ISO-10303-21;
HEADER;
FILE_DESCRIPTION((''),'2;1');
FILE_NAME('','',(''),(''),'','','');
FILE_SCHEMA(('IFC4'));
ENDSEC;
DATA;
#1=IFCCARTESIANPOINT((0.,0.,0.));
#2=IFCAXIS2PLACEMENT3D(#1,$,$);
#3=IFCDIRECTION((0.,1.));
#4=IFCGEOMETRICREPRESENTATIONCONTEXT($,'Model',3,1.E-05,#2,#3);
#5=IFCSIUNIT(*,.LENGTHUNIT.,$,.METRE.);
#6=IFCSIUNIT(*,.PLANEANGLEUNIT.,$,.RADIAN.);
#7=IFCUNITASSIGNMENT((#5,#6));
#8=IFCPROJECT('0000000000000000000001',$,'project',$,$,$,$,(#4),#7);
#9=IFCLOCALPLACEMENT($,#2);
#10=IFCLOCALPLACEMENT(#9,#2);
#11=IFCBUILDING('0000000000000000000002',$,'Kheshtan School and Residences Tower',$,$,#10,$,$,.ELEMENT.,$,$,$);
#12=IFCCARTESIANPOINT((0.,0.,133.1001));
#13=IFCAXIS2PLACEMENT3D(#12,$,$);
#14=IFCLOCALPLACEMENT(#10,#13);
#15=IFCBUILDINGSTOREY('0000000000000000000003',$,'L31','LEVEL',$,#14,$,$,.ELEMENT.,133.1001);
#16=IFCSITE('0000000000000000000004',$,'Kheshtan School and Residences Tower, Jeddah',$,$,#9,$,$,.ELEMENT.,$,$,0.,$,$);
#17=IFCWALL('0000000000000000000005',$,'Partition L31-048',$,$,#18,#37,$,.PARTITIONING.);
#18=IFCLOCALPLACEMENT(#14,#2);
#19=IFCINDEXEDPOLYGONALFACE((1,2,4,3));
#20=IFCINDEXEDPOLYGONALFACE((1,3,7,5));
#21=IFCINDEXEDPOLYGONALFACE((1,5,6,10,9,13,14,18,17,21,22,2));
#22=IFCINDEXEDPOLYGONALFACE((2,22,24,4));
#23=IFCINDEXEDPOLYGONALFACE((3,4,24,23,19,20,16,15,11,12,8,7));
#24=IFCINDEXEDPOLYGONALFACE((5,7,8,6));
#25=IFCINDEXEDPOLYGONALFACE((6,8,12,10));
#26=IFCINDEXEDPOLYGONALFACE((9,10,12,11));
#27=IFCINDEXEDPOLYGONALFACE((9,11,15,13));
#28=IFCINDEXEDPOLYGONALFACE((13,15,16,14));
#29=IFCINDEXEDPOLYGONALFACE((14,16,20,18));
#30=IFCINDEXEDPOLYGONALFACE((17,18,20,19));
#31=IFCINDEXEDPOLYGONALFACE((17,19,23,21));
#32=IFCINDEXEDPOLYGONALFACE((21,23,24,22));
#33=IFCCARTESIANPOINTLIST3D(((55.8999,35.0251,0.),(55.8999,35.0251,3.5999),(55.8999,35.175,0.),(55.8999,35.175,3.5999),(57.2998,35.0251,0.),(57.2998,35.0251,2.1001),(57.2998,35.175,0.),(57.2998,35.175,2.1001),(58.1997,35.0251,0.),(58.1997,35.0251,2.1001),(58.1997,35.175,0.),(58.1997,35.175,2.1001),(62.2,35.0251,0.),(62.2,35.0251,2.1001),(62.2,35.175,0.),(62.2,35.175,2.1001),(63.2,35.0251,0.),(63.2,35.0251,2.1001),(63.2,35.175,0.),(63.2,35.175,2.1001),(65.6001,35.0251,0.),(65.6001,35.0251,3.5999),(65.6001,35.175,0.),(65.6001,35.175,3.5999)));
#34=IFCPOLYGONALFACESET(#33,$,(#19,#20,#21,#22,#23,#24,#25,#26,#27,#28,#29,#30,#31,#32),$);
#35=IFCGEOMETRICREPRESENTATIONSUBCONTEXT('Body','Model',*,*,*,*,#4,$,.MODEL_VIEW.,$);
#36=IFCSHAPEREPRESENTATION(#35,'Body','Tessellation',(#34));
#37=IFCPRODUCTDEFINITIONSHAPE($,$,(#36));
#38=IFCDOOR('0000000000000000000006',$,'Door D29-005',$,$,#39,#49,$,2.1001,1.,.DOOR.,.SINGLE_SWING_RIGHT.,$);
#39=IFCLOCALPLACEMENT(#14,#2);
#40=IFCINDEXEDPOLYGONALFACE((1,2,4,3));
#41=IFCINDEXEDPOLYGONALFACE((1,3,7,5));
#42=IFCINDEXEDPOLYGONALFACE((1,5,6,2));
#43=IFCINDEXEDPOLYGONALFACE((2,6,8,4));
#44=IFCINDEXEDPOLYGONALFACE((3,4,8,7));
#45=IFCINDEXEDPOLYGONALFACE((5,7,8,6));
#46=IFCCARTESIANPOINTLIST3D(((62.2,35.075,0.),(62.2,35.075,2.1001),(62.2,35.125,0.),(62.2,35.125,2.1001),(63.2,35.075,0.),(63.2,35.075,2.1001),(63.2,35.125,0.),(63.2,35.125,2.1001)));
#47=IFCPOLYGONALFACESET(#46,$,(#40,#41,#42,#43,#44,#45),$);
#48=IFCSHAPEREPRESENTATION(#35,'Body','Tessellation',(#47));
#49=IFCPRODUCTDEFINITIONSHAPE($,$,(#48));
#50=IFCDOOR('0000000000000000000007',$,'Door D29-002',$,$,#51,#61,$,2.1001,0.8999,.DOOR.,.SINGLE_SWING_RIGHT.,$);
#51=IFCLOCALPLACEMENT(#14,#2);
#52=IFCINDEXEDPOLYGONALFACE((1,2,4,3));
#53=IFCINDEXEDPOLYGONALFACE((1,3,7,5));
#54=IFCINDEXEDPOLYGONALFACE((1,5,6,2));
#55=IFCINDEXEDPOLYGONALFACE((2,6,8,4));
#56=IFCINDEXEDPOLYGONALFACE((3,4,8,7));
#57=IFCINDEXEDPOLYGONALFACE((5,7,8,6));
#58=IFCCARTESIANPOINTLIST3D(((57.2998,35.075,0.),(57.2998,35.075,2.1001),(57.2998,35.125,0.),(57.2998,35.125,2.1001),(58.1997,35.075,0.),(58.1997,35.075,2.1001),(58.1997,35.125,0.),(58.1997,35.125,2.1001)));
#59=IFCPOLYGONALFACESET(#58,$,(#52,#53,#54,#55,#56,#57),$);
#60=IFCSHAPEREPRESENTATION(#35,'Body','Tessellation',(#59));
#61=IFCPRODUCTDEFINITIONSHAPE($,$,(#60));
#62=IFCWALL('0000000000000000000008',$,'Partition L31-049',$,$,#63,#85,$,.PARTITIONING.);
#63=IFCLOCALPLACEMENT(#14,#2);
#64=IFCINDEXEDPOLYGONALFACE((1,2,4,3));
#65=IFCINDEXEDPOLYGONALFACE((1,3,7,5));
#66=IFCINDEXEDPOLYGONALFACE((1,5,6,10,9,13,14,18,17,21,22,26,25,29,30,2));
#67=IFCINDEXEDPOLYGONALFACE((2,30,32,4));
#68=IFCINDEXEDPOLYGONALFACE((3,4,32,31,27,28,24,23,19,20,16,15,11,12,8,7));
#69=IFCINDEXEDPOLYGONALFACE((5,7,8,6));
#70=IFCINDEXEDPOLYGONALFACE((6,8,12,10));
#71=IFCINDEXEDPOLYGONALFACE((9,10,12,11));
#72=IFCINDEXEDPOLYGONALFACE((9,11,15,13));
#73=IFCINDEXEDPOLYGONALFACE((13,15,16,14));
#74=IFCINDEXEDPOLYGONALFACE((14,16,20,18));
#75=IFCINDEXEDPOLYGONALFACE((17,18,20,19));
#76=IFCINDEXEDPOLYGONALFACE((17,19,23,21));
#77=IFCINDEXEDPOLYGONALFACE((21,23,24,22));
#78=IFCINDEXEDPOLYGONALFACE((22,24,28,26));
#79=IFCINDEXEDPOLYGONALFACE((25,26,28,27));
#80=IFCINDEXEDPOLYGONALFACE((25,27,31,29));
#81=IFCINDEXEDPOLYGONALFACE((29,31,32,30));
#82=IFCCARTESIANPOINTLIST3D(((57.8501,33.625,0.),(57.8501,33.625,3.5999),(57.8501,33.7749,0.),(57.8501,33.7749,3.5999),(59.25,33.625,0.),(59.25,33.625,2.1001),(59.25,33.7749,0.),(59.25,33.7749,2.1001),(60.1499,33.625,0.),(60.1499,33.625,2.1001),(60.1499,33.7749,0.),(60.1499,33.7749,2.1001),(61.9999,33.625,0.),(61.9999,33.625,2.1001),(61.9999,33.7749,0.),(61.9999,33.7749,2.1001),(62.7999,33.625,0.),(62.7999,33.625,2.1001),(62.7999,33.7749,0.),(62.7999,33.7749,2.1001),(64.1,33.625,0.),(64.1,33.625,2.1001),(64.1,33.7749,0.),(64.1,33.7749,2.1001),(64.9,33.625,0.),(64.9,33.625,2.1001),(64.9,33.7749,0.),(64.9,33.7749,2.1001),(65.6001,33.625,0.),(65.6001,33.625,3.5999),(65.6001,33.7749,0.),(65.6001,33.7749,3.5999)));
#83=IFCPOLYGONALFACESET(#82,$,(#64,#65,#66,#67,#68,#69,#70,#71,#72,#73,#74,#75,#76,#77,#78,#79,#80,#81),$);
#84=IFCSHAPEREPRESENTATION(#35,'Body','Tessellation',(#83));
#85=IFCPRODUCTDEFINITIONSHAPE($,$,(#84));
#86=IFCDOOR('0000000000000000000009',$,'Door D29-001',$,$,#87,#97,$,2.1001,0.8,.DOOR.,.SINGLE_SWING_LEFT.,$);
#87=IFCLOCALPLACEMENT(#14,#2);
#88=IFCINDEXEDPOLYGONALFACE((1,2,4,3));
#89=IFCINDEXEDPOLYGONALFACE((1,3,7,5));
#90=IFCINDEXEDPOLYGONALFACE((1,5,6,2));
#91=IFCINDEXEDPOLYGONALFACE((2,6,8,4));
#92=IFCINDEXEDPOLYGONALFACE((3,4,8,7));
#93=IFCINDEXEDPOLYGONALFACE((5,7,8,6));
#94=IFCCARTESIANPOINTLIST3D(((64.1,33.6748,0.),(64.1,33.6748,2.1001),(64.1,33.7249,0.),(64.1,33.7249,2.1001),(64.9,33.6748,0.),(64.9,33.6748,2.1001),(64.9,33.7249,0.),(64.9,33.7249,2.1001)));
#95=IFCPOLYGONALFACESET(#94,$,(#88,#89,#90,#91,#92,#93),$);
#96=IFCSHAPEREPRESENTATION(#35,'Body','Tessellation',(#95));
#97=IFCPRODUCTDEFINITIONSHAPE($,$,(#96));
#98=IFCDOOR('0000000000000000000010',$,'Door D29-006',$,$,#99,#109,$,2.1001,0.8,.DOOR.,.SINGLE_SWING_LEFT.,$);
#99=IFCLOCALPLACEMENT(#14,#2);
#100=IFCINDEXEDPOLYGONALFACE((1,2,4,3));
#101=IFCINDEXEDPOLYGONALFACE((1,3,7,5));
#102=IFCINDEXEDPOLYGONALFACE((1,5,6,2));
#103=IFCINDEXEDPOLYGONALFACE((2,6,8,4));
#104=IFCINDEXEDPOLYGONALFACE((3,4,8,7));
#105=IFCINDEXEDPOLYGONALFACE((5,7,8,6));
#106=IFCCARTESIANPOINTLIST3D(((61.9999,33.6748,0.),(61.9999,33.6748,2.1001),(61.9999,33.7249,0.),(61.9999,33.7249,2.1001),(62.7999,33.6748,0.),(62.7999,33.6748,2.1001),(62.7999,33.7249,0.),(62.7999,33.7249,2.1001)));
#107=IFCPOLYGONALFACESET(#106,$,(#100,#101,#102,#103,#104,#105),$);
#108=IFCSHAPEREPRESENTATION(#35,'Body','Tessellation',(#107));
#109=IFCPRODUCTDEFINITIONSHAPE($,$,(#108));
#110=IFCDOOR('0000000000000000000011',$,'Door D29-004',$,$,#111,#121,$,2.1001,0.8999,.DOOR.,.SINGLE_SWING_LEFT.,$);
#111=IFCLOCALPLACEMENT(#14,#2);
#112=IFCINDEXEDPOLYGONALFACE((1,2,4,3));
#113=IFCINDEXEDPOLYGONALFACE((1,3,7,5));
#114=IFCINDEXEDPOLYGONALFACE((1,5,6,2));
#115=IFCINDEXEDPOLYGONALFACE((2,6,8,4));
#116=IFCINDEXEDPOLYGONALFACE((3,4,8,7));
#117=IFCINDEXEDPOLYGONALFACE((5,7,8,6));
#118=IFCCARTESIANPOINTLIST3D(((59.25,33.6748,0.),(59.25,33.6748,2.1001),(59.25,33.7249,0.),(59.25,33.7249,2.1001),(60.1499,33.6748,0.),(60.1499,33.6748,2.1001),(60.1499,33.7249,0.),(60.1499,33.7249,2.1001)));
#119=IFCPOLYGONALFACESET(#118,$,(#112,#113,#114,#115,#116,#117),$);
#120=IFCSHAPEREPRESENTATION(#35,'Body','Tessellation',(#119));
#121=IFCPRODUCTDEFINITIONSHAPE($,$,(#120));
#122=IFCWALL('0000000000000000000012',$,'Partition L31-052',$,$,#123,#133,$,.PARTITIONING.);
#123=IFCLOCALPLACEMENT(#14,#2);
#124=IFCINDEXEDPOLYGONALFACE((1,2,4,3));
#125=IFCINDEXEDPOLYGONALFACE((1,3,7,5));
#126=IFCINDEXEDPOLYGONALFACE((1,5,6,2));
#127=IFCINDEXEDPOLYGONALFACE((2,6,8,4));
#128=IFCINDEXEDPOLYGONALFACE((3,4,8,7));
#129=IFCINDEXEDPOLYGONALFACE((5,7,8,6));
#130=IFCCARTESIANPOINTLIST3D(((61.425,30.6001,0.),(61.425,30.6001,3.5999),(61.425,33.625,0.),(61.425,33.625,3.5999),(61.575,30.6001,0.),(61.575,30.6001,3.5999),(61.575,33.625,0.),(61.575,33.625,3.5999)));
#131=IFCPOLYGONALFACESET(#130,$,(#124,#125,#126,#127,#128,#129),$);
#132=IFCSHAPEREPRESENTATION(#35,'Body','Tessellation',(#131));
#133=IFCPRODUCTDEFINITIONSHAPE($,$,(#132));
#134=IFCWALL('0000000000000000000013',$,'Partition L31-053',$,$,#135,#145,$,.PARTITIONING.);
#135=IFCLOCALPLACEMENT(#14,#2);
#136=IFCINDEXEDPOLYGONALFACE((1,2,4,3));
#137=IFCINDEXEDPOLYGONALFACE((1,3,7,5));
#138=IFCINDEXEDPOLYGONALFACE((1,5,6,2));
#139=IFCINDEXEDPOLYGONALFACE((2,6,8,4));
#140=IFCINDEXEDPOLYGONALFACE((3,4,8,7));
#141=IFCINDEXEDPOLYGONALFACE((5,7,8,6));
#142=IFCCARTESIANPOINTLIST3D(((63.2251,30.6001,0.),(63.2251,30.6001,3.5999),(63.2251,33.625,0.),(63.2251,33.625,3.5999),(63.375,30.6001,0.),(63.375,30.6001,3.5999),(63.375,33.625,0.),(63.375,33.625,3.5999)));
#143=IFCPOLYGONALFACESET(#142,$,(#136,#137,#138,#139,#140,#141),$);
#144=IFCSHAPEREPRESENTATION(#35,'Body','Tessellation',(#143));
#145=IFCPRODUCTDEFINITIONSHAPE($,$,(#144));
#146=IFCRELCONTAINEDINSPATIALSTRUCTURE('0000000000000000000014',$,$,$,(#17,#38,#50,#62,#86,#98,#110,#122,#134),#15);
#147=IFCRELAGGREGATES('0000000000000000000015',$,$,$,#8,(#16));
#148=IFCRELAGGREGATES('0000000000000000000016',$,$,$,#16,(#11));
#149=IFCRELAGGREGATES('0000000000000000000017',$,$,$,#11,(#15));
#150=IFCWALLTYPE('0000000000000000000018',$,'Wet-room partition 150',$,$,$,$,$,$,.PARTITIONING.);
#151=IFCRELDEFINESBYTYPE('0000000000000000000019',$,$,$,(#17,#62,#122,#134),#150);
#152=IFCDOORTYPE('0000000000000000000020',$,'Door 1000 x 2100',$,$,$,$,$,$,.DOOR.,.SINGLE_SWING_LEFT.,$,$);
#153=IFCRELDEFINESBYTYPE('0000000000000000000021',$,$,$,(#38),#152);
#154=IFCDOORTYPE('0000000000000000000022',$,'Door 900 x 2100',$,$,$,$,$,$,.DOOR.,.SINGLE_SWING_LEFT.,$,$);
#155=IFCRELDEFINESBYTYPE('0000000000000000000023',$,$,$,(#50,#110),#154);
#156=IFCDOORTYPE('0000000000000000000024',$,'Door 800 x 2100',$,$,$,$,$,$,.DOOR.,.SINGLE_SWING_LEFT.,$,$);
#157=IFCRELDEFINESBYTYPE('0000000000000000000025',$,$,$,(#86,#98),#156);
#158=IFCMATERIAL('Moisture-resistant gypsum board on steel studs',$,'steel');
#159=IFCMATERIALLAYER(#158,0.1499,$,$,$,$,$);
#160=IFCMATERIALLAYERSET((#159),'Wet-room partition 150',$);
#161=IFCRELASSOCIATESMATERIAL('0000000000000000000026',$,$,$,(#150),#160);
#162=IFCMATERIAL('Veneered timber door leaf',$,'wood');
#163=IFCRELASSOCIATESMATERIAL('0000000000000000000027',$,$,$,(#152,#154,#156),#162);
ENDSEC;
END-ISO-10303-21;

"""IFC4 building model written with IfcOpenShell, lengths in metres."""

from ifc_helpers import new_model, si_unit, direction, frame, frame_2d, origin, place, context, subcontext, project, spatial, rectangle, extrude, source, transform, mapped, material, layer, layer_set, type_object, element, fill, save


model = new_model("IFC4")

# Units and contexts
model_context = context("Model", 3, precision=1e-05, world=origin(), true_north=direction((0.0, 1.0)))
body_context = subcontext(model_context, "Body", "Model", "MODEL_VIEW")
ifc_project = project(units=[si_unit("LENGTHUNIT", "METRE"), si_unit("PLANEANGLEUNIT", "RADIAN")], contexts=[model_context])

# Site, building, storey
site_placement = place(None, origin())
site = spatial("IfcSite", under=ifc_project, at=site_placement, Name="Kheshtan School and Residences Tower, Jeddah", CompositionType="ELEMENT", RefElevation=0.0)
building_placement = place(site_placement, origin())
building = spatial("IfcBuilding", under=site, at=building_placement, Name="Kheshtan School and Residences Tower", CompositionType="ELEMENT")
storey_placement = place(building_placement, frame((0.0, 0.0, 133.1001)))
storey = spatial("IfcBuildingStorey", under=building, at=storey_placement, Name="L31", Description="LEVEL", CompositionType="ELEMENT", Elevation=133.1001)

# Walls, openings, doors
ifc_material_1 = material(Name="Moisture-resistant gypsum board on steel studs", Category="steel")
ifc_layer_1 = layer(ifc_material_1, 0.1499)
ifc_layer_set_1 = layer_set([ifc_layer_1], Name="Wet-room partition 150")
wall_type_1 = type_object("IfcWallType", Name="Wet-room partition 150", PredefinedType="PARTITIONING", material=ifc_layer_set_1)
wall_1_placement = place(storey_placement, frame((55.8999, 35.1001, 0.0), z_axis=(0.0, 0.0, 1.0), x_axis=(1.0, 0.0, 0.0)))
wall_1 = element("IfcWall", 1, at=wall_1_placement, inside=storey, type_object=wall_type_1, Name="Partition L31-048", PredefinedType="PARTITIONING", context=body_context, shape_type="SweptSolid", body=[
    extrude(rectangle(XDim=9.7002, YDim=0.1499, at=frame_2d((4.8501, 0.0))), origin(), (0.0, 0.0, 1.0), 3.5999),
])
opening_1_placement = place(wall_1_placement, frame((1.3999, 0.0, 0.0)))
opening_1 = element("IfcOpeningElement", 2, at=opening_1_placement, cuts=wall_1, PredefinedType="OPENING", context=body_context, shape_type="SweptSolid", body=[
    extrude(rectangle(XDim=0.8999, YDim=2.1001, at=frame_2d((0.45, 1.05))), frame((0.0, 0.085, 0.0), z_axis=(0.0, -1.0, 0.0), x_axis=(1.0, 0.0, 0.0)), (0.0, 0.0, 1.0), 0.1699),
])
opening_2_placement = place(wall_1_placement, frame((6.3, 0.0, 0.0)))
opening_2 = element("IfcOpeningElement", 3, at=opening_2_placement, cuts=wall_1, PredefinedType="OPENING", context=body_context, shape_type="SweptSolid", body=[
    extrude(rectangle(XDim=1.0, YDim=2.1001, at=frame_2d((0.5, 1.05))), frame((0.0, 0.085, 0.0), z_axis=(0.0, -1.0, 0.0), x_axis=(1.0, 0.0, 0.0)), (0.0, 0.0, 1.0), 0.1699),
])
ifc_material_2 = material(Name="Veneered timber door leaf", Category="wood")
door_type_1 = type_object("IfcDoorType", Name="Door 1000 x 2100", OperationType="SINGLE_SWING_LEFT", PredefinedType="DOOR", material=ifc_material_2)
shared_shape_1 = source(origin(), body_context, "Body", "SweptSolid", [
    extrude(rectangle(XDim=1.0, YDim=2.1001, at=frame_2d((0.5, 1.05))), frame((0.0, 0.0249, 0.0), z_axis=(0.0, -1.0, 0.0), x_axis=(1.0, 0.0, 0.0)), (0.0, 0.0, 1.0), 0.05),
])
door_1_placement = place(opening_2_placement, origin())
door_1 = element("IfcDoor", 4, at=door_1_placement, inside=storey, type_object=door_type_1, Name="Door D29-005", OperationType="SINGLE_SWING_RIGHT", OverallHeight=2.1001, OverallWidth=1.0, PredefinedType="DOOR", context=body_context, shape_type="MappedRepresentation", body=[
    mapped(shared_shape_1, transform((0.0, 0.0, 0.0), x_axis=(1.0, 0.0, 0.0), y_axis=(0.0, 1.0, 0.0), z_axis=(0.0, 0.0, 1.0), scale=1.0)),
])
fill(opening_2, door_1)
door_type_2 = type_object("IfcDoorType", Name="Door 900 x 2100", OperationType="SINGLE_SWING_LEFT", PredefinedType="DOOR", material=ifc_material_2)
shared_shape_2 = source(origin(), body_context, "Body", "SweptSolid", [
    extrude(rectangle(XDim=0.8999, YDim=2.1001, at=frame_2d((0.45, 1.05))), frame((0.0, 0.0249, 0.0), z_axis=(0.0, -1.0, 0.0), x_axis=(1.0, 0.0, 0.0)), (0.0, 0.0, 1.0), 0.05),
])
door_2_placement = place(opening_1_placement, origin())
door_2 = element("IfcDoor", 5, at=door_2_placement, inside=storey, type_object=door_type_2, Name="Door D29-002", OperationType="SINGLE_SWING_RIGHT", OverallHeight=2.1001, OverallWidth=0.8999, PredefinedType="DOOR", context=body_context, shape_type="MappedRepresentation", body=[
    mapped(shared_shape_2, transform((0.0, 0.0, 0.0), x_axis=(1.0, 0.0, 0.0), y_axis=(0.0, 1.0, 0.0), z_axis=(0.0, 0.0, 1.0), scale=1.0)),
])
fill(opening_1, door_2)
wall_2_placement = place(storey_placement, frame((57.8501, 33.7, 0.0), z_axis=(0.0, 0.0, 1.0), x_axis=(1.0, 0.0, 0.0)))
wall_2 = element("IfcWall", 6, at=wall_2_placement, inside=storey, type_object=wall_type_1, Name="Partition L31-049", PredefinedType="PARTITIONING", context=body_context, shape_type="SweptSolid", body=[
    extrude(rectangle(XDim=7.75, YDim=0.1499, at=frame_2d((3.875, 0.0))), origin(), (0.0, 0.0, 1.0), 3.5999),
])
opening_3_placement = place(wall_2_placement, frame((6.25, 0.0, 0.0)))
opening_3 = element("IfcOpeningElement", 7, at=opening_3_placement, cuts=wall_2, PredefinedType="OPENING", context=body_context, shape_type="SweptSolid", body=[
    extrude(rectangle(XDim=0.8, YDim=2.1001, at=frame_2d((0.3999, 1.05))), frame((0.0, 0.085, 0.0), z_axis=(0.0, -1.0, 0.0), x_axis=(1.0, 0.0, 0.0)), (0.0, 0.0, 1.0), 0.1699),
])
opening_4_placement = place(wall_2_placement, frame((1.3999, 0.0, 0.0)))
opening_4 = element("IfcOpeningElement", 8, at=opening_4_placement, cuts=wall_2, PredefinedType="OPENING", context=body_context, shape_type="SweptSolid", body=[
    extrude(rectangle(XDim=0.8999, YDim=2.1001, at=frame_2d((0.45, 1.05))), frame((0.0, 0.085, 0.0), z_axis=(0.0, -1.0, 0.0), x_axis=(1.0, 0.0, 0.0)), (0.0, 0.0, 1.0), 0.1699),
])
opening_5_placement = place(wall_2_placement, frame((4.1499, 0.0, 0.0)))
opening_5 = element("IfcOpeningElement", 9, at=opening_5_placement, cuts=wall_2, PredefinedType="OPENING", context=body_context, shape_type="SweptSolid", body=[
    extrude(rectangle(XDim=0.8, YDim=2.1001, at=frame_2d((0.3999, 1.05))), frame((0.0, 0.085, 0.0), z_axis=(0.0, -1.0, 0.0), x_axis=(1.0, 0.0, 0.0)), (0.0, 0.0, 1.0), 0.1699),
])
door_type_3 = type_object("IfcDoorType", Name="Door 800 x 2100", OperationType="SINGLE_SWING_LEFT", PredefinedType="DOOR", material=ifc_material_2)
shared_shape_3 = source(origin(), body_context, "Body", "SweptSolid", [
    extrude(rectangle(XDim=0.8, YDim=2.1001, at=frame_2d((0.3999, 1.05))), frame((0.0, 0.0249, 0.0), z_axis=(0.0, -1.0, 0.0), x_axis=(1.0, 0.0, 0.0)), (0.0, 0.0, 1.0), 0.05),
])
door_3_placement = place(opening_3_placement, origin())
door_3 = element("IfcDoor", 10, at=door_3_placement, inside=storey, type_object=door_type_3, Name="Door D29-001", OperationType="SINGLE_SWING_LEFT", OverallHeight=2.1001, OverallWidth=0.8, PredefinedType="DOOR", context=body_context, shape_type="MappedRepresentation", body=[
    mapped(shared_shape_3, transform((0.0, 0.0, 0.0), x_axis=(1.0, 0.0, 0.0), y_axis=(0.0, 1.0, 0.0), z_axis=(0.0, 0.0, 1.0), scale=1.0)),
])
fill(opening_3, door_3)
door_4_placement = place(opening_5_placement, origin())
door_4 = element("IfcDoor", 11, at=door_4_placement, inside=storey, type_object=door_type_3, Name="Door D29-006", OperationType="SINGLE_SWING_LEFT", OverallHeight=2.1001, OverallWidth=0.8, PredefinedType="DOOR", context=body_context, shape_type="MappedRepresentation", body=[
    mapped(shared_shape_3, transform((0.0, 0.0, 0.0), x_axis=(1.0, 0.0, 0.0), y_axis=(0.0, 1.0, 0.0), z_axis=(0.0, 0.0, 1.0), scale=1.0)),
])
fill(opening_5, door_4)
door_5_placement = place(opening_4_placement, origin())
door_5 = element("IfcDoor", 12, at=door_5_placement, inside=storey, type_object=door_type_2, Name="Door D29-004", OperationType="SINGLE_SWING_LEFT", OverallHeight=2.1001, OverallWidth=0.8999, PredefinedType="DOOR", context=body_context, shape_type="MappedRepresentation", body=[
    mapped(shared_shape_2, transform((0.0, 0.0, 0.0), x_axis=(1.0, 0.0, 0.0), y_axis=(0.0, 1.0, 0.0), z_axis=(0.0, 0.0, 1.0), scale=1.0)),
])
fill(opening_4, door_5)

# Walls
for number, where, z_axis, x_axis, name in (
    (13, (61.5, 30.6001, 0.0), (0.0, 0.0, 1.0), (0.0, 1.0, 0.0), "Partition L31-052"),
    (14, (63.3, 30.6001, 0.0), (0.0, 0.0, 1.0), (0.0, 1.0, 0.0), "Partition L31-053"),
):
    element("IfcWall", number, at=place(storey_placement, frame(where, z_axis=z_axis, x_axis=x_axis)), inside=storey, type_object=wall_type_1, Name=name, PredefinedType="PARTITIONING", context=body_context, shape_type="SweptSolid", body=[
        extrude(rectangle(XDim=3.0249, YDim=0.1499, at=frame_2d((1.5125, 0.0))), origin(), (0.0, 0.0, 1.0), 3.5999),
    ])

save(model, "model.ifc")
